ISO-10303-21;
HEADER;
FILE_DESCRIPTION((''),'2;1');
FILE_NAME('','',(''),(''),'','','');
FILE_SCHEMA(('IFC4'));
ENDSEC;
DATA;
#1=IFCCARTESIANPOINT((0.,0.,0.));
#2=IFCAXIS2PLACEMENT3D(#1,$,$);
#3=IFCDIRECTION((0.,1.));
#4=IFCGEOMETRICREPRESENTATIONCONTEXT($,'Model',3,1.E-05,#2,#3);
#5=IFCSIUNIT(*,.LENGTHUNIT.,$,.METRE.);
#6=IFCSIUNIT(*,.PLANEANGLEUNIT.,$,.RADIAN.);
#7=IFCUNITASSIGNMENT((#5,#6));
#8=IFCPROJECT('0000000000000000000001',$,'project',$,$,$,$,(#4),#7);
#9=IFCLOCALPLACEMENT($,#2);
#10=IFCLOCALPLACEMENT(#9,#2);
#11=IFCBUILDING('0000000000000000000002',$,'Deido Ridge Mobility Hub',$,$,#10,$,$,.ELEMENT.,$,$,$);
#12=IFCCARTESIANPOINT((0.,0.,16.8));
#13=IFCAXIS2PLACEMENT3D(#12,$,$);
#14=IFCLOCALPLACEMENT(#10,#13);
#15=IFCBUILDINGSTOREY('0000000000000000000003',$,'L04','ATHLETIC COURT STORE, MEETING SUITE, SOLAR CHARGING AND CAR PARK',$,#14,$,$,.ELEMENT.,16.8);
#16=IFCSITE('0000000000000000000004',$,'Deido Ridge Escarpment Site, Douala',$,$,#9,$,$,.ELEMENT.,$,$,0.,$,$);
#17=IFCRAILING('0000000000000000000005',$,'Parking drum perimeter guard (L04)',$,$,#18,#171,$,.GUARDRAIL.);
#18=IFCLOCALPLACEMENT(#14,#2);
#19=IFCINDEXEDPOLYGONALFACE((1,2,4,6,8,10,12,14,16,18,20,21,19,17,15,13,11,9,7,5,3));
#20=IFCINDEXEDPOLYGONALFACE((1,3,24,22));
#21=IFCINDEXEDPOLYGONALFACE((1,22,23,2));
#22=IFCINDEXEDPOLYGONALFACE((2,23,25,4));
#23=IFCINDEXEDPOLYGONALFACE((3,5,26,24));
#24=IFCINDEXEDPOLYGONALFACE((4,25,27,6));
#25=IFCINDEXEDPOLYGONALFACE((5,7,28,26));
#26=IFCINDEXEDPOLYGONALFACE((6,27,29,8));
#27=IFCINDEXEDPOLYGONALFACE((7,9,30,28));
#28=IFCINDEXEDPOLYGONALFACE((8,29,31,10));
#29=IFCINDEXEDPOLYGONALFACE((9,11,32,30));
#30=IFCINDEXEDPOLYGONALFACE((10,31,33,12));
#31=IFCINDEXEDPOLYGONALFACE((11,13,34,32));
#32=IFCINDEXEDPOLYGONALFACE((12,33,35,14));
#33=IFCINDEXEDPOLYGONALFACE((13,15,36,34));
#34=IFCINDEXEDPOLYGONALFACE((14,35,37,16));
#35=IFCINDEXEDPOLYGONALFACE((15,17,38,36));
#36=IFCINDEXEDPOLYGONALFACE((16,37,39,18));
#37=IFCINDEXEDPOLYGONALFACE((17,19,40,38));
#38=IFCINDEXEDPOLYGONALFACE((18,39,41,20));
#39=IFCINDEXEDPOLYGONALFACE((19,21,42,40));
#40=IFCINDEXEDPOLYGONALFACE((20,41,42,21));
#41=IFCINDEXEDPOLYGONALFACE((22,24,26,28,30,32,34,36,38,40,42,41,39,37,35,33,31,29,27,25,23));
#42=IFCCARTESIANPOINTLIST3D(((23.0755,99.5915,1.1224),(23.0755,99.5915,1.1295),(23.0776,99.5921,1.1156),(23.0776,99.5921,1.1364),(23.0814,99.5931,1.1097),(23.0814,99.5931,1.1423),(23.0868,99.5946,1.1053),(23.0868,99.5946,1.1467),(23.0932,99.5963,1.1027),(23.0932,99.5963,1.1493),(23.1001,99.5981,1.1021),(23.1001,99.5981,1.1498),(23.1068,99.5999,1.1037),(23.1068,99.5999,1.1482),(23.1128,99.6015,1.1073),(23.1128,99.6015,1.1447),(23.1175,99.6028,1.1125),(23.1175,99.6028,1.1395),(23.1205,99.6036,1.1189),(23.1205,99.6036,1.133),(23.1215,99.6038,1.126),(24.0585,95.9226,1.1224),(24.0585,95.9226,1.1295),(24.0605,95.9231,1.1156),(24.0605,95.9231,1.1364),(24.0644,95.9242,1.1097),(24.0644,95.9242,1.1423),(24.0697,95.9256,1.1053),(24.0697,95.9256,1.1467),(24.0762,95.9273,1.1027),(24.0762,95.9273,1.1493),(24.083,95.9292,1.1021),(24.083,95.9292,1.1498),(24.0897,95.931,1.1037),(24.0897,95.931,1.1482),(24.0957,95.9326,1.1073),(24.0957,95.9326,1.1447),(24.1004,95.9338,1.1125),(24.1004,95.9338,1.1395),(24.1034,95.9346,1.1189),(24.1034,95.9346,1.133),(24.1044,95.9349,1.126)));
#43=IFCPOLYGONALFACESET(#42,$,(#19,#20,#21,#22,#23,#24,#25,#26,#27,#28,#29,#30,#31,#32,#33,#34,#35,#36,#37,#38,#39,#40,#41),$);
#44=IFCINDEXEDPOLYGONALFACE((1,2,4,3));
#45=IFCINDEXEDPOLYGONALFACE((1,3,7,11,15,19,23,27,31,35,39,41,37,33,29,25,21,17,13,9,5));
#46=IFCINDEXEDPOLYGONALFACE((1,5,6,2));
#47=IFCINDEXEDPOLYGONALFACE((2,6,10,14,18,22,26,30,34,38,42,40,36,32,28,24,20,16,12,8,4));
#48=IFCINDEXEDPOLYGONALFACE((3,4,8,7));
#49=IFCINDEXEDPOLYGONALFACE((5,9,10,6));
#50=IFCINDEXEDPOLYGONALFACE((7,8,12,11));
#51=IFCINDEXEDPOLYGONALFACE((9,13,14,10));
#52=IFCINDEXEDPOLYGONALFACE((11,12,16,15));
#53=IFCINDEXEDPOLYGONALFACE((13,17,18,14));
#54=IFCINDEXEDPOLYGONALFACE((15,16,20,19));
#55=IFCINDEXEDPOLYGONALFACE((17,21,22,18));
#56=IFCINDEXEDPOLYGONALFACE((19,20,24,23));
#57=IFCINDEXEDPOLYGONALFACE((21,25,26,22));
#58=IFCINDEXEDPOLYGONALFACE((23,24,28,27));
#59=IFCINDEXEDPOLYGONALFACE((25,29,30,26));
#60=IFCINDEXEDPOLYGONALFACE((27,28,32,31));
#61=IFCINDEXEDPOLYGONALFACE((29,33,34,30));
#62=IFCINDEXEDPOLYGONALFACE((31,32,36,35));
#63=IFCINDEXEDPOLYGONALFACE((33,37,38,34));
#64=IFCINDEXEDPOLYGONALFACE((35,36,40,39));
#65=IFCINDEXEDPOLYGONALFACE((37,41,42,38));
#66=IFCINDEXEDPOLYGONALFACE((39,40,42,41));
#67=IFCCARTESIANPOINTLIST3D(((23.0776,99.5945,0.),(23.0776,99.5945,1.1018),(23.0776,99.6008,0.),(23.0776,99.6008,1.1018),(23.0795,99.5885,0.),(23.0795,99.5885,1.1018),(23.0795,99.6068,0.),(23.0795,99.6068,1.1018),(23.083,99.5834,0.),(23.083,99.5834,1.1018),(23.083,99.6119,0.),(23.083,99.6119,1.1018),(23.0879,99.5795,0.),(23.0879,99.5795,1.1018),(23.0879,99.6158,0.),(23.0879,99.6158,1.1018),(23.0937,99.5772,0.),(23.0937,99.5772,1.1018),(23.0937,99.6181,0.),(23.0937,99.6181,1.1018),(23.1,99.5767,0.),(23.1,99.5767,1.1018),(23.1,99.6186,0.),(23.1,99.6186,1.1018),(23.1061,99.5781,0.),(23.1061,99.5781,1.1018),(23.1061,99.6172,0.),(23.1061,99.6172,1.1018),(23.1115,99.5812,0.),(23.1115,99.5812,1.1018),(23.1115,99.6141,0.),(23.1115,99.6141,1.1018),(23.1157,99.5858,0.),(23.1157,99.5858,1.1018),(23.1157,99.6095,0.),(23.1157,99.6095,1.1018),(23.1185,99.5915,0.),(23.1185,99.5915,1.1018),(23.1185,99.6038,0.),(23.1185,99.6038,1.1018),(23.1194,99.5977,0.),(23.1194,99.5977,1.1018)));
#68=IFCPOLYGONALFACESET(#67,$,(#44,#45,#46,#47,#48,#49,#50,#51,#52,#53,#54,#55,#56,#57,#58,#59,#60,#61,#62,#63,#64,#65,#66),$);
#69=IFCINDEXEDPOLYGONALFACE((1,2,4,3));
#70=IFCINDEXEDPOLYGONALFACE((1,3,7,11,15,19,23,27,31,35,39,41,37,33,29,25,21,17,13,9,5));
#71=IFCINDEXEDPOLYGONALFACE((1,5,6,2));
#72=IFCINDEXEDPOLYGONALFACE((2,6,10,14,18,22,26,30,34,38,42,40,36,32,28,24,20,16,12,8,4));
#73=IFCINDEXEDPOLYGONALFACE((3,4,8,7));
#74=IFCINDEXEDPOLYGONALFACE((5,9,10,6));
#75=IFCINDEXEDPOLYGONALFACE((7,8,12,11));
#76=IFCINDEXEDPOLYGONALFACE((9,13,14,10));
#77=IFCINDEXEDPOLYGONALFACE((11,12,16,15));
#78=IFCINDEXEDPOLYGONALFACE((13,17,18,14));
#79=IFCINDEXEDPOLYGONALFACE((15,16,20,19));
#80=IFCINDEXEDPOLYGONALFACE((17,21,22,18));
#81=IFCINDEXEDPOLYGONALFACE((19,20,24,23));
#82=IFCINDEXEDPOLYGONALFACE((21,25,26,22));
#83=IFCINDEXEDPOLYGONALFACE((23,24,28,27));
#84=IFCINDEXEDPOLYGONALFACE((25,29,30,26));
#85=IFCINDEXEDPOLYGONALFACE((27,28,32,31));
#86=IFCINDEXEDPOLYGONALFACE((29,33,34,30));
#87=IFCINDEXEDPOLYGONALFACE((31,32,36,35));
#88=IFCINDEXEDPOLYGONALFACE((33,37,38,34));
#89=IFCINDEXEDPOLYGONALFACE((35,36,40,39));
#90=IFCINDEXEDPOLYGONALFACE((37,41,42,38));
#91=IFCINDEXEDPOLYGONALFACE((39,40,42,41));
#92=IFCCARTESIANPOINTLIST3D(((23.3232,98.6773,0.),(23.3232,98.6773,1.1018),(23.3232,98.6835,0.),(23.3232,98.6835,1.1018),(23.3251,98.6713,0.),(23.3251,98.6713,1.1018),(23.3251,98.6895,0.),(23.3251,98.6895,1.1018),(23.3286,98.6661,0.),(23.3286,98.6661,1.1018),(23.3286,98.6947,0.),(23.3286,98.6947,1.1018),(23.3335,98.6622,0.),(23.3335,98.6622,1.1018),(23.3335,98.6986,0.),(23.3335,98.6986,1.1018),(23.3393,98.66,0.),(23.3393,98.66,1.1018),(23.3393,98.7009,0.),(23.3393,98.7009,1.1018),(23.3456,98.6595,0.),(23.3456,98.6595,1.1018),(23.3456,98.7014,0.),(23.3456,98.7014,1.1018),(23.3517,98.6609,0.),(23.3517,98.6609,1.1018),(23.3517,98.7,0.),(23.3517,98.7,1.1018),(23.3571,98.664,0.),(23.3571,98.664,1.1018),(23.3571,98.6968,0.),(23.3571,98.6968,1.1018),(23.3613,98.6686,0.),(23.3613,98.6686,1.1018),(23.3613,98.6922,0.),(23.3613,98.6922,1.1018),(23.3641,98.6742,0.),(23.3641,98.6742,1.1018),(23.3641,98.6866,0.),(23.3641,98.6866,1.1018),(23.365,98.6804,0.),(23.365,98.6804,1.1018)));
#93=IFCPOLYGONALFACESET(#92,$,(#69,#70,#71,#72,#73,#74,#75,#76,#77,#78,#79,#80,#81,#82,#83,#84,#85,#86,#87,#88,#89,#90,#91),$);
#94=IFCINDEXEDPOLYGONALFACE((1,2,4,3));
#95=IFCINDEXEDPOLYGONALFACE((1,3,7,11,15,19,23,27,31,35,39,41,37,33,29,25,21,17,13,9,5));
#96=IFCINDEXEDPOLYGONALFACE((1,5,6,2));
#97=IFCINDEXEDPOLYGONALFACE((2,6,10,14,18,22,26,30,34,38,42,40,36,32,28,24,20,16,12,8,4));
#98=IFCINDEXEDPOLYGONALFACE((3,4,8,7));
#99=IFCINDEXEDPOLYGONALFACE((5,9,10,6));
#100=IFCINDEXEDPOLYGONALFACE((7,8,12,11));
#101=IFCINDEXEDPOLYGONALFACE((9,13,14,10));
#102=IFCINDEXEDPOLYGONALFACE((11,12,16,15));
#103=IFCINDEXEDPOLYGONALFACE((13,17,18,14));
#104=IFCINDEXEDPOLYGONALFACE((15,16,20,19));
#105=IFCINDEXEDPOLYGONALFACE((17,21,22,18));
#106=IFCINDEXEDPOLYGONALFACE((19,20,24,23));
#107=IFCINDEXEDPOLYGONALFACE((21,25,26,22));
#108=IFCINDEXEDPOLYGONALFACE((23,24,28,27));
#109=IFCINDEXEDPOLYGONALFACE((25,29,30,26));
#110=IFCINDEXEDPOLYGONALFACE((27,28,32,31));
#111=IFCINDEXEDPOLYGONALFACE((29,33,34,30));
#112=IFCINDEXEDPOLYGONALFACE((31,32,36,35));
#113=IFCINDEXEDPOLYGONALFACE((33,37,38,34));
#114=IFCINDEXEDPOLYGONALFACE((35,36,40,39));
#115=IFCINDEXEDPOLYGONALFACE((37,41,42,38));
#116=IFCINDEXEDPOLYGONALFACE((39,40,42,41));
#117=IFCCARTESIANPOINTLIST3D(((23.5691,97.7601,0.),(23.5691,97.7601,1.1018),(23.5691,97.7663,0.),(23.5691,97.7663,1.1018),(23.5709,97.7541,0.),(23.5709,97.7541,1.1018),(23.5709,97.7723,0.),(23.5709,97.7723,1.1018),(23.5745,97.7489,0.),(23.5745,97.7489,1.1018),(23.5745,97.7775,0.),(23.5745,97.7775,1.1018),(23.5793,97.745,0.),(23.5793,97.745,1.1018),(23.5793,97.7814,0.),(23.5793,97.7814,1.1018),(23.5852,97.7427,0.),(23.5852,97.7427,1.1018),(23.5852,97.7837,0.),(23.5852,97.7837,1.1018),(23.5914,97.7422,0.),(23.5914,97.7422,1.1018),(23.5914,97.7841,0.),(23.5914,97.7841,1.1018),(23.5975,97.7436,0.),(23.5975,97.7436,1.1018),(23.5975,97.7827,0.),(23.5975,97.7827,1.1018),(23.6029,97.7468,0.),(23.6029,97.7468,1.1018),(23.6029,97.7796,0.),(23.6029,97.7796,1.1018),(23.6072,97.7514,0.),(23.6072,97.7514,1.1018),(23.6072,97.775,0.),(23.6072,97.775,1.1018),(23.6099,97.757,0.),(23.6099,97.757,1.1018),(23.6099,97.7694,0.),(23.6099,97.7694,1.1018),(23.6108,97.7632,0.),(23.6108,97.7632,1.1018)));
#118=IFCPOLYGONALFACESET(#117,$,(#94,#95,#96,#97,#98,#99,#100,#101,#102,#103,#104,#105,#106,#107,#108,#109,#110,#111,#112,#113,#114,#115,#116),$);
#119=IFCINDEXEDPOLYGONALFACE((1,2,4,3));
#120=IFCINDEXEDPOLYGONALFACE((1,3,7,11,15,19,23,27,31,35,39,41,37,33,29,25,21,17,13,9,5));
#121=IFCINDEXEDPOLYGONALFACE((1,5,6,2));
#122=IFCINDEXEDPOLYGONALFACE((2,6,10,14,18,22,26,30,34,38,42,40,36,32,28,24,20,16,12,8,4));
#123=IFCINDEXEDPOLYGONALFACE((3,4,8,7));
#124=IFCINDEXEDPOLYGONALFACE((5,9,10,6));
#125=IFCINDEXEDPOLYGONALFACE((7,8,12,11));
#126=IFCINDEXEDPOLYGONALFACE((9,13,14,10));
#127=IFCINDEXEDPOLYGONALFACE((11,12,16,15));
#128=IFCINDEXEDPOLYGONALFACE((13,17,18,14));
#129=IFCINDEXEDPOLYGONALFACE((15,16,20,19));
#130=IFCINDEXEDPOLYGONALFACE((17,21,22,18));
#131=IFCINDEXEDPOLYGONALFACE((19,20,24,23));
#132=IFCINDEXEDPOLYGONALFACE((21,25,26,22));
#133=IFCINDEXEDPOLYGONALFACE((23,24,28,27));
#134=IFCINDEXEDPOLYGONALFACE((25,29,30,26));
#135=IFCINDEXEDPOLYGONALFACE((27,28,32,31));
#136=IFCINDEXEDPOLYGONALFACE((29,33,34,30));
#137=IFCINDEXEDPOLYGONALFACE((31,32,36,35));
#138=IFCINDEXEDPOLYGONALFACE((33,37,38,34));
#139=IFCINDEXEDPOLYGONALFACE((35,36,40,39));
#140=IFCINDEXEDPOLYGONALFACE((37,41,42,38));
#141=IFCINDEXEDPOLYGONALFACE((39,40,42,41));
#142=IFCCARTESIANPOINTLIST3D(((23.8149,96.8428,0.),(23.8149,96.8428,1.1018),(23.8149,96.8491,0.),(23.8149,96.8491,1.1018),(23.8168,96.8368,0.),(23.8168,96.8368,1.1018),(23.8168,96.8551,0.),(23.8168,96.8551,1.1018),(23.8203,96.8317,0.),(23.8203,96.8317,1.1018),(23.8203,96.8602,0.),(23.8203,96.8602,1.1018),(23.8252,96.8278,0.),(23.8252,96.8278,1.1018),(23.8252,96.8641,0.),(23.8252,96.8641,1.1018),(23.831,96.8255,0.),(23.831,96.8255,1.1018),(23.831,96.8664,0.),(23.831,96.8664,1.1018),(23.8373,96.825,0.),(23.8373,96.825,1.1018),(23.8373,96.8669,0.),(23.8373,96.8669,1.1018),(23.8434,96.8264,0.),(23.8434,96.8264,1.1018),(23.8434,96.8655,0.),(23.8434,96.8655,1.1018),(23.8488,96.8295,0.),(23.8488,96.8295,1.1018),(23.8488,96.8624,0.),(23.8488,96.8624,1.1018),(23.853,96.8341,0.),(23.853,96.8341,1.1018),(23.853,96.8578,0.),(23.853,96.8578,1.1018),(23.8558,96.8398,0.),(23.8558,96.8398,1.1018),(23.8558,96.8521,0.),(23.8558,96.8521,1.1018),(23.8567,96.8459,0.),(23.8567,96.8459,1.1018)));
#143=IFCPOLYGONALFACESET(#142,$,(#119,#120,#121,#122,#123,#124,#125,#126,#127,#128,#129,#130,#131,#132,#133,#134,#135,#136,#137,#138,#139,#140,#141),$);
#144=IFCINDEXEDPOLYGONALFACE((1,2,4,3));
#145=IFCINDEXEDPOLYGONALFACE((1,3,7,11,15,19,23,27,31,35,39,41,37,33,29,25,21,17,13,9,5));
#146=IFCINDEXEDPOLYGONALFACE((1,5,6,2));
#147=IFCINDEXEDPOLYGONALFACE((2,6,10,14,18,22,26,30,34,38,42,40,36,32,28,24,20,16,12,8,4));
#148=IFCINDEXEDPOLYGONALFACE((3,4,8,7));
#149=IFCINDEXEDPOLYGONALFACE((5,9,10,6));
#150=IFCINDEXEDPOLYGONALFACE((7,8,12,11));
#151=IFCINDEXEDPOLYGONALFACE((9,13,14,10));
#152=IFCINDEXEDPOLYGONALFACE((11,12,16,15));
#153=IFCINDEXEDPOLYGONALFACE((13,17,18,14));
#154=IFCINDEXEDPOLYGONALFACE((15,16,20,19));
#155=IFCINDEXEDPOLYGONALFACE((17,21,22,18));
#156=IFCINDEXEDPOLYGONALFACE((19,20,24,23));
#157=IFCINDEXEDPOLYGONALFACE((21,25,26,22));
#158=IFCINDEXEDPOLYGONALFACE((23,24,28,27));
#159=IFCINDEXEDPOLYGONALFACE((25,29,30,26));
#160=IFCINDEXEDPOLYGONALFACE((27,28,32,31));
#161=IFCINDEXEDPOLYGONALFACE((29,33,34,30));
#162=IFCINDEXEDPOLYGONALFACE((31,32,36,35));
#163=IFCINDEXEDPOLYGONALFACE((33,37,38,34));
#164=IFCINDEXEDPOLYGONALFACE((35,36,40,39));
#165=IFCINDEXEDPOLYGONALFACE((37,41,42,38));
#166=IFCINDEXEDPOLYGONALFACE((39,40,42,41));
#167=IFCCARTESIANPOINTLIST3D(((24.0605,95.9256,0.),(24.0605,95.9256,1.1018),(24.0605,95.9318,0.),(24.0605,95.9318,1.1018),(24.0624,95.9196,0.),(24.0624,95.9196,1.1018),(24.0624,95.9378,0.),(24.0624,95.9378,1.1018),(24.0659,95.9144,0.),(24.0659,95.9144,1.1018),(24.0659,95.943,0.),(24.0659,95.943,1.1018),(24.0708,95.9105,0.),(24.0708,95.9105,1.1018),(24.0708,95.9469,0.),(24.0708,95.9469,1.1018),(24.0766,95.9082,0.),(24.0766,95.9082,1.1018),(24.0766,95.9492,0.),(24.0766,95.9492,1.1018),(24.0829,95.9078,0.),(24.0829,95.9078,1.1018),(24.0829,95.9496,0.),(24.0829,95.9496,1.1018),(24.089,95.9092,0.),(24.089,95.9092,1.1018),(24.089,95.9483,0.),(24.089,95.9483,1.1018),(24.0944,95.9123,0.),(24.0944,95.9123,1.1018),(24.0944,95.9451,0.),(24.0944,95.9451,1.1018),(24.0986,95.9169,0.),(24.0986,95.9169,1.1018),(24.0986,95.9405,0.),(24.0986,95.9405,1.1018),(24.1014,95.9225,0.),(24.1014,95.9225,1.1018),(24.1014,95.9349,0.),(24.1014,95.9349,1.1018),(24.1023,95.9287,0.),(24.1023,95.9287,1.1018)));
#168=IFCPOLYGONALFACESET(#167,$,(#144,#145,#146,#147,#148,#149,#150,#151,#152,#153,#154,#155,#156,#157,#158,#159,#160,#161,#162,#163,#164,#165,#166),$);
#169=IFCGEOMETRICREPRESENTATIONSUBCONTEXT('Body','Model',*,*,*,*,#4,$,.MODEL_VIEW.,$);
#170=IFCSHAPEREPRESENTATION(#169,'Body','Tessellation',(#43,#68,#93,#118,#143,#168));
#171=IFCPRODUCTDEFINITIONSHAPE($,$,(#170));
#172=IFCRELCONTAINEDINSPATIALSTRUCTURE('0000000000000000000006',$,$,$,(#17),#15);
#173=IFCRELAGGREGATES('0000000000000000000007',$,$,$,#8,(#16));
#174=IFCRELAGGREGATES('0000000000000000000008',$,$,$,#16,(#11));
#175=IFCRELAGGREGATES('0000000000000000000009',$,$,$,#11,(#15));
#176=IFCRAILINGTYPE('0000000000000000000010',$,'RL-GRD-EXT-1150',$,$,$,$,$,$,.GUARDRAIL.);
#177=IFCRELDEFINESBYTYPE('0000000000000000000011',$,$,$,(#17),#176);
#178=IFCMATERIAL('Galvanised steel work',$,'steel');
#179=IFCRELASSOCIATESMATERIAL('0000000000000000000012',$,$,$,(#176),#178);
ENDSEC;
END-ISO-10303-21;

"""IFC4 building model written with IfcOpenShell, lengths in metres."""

from ifc_helpers import new_model, si_unit, direction, frame, origin, origin_2d, place, context, subcontext, project, spatial, circle, extrude, material, type_object, element, save


model = new_model("IFC4")

# Units and contexts
model_context = context("Model", 3, precision=1e-05, world=origin(), true_north=direction((0.0, 1.0)))
body_context = subcontext(model_context, "Body", "Model", "MODEL_VIEW")
ifc_project = project(units=[si_unit("LENGTHUNIT", "METRE"), si_unit("PLANEANGLEUNIT", "RADIAN")], contexts=[model_context])

# Site, building, storey
site_placement = place(None, origin())
site = spatial("IfcSite", under=ifc_project, at=site_placement, Name="Deido Ridge Escarpment Site, Douala", CompositionType="ELEMENT", RefElevation=0.0)
building_placement = place(site_placement, origin())
building = spatial("IfcBuilding", under=site, at=building_placement, Name="Deido Ridge Mobility Hub", CompositionType="ELEMENT")
storey_placement = place(building_placement, frame((0.0, 0.0, 16.8)))
storey = spatial("IfcBuildingStorey", under=building, at=storey_placement, Name="L04", Description="ATHLETIC COURT STORE, MEETING SUITE, SOLAR CHARGING AND CAR PARK", CompositionType="ELEMENT", Elevation=16.8)

# Railing
ifc_material_1 = material(Name="Galvanised steel work", Category="steel")
railing_type = type_object("IfcRailingType", Name="RL-GRD-EXT-1150", PredefinedType="GUARDRAIL", material=ifc_material_1)
railing_1_placement = place(storey_placement, frame((23.0984, 99.5977, 0.0)))
element("IfcRailing", 1, at=railing_1_placement, inside=storey, type_object=railing_type, Name="Parking drum perimeter guard (L04)", PredefinedType="GUARDRAIL", context=body_context, shape_type="SweptSolid", body=[
    extrude(circle(Radius=0.0239, at=origin_2d()), frame((0.0, 0.0, 1.126), z_axis=(0.258775, -0.965938, 0.0), x_axis=(0.965938, 0.258775, 0.0)), (0.0, 0.0, 1.0), 3.7983),
    extrude(circle(Radius=0.021, at=origin_2d()), origin(), (0.0, 0.0, 1.0), 1.1018),
    extrude(circle(Radius=0.021, at=origin_2d()), frame((0.2456, -0.9172, 0.0)), (0.0, 0.0, 1.0), 1.1018),
    extrude(circle(Radius=0.021, at=origin_2d()), frame((0.4915, -1.8345, 0.0)), (0.0, 0.0, 1.0), 1.1018),
    extrude(circle(Radius=0.021, at=origin_2d()), frame((0.7373, -2.7517, 0.0)), (0.0, 0.0, 1.0), 1.1018),
    extrude(circle(Radius=0.021, at=origin_2d()), frame((0.9829, -3.6689, 0.0)), (0.0, 0.0, 1.0), 1.1018),
])

save(model, "model.ifc")
